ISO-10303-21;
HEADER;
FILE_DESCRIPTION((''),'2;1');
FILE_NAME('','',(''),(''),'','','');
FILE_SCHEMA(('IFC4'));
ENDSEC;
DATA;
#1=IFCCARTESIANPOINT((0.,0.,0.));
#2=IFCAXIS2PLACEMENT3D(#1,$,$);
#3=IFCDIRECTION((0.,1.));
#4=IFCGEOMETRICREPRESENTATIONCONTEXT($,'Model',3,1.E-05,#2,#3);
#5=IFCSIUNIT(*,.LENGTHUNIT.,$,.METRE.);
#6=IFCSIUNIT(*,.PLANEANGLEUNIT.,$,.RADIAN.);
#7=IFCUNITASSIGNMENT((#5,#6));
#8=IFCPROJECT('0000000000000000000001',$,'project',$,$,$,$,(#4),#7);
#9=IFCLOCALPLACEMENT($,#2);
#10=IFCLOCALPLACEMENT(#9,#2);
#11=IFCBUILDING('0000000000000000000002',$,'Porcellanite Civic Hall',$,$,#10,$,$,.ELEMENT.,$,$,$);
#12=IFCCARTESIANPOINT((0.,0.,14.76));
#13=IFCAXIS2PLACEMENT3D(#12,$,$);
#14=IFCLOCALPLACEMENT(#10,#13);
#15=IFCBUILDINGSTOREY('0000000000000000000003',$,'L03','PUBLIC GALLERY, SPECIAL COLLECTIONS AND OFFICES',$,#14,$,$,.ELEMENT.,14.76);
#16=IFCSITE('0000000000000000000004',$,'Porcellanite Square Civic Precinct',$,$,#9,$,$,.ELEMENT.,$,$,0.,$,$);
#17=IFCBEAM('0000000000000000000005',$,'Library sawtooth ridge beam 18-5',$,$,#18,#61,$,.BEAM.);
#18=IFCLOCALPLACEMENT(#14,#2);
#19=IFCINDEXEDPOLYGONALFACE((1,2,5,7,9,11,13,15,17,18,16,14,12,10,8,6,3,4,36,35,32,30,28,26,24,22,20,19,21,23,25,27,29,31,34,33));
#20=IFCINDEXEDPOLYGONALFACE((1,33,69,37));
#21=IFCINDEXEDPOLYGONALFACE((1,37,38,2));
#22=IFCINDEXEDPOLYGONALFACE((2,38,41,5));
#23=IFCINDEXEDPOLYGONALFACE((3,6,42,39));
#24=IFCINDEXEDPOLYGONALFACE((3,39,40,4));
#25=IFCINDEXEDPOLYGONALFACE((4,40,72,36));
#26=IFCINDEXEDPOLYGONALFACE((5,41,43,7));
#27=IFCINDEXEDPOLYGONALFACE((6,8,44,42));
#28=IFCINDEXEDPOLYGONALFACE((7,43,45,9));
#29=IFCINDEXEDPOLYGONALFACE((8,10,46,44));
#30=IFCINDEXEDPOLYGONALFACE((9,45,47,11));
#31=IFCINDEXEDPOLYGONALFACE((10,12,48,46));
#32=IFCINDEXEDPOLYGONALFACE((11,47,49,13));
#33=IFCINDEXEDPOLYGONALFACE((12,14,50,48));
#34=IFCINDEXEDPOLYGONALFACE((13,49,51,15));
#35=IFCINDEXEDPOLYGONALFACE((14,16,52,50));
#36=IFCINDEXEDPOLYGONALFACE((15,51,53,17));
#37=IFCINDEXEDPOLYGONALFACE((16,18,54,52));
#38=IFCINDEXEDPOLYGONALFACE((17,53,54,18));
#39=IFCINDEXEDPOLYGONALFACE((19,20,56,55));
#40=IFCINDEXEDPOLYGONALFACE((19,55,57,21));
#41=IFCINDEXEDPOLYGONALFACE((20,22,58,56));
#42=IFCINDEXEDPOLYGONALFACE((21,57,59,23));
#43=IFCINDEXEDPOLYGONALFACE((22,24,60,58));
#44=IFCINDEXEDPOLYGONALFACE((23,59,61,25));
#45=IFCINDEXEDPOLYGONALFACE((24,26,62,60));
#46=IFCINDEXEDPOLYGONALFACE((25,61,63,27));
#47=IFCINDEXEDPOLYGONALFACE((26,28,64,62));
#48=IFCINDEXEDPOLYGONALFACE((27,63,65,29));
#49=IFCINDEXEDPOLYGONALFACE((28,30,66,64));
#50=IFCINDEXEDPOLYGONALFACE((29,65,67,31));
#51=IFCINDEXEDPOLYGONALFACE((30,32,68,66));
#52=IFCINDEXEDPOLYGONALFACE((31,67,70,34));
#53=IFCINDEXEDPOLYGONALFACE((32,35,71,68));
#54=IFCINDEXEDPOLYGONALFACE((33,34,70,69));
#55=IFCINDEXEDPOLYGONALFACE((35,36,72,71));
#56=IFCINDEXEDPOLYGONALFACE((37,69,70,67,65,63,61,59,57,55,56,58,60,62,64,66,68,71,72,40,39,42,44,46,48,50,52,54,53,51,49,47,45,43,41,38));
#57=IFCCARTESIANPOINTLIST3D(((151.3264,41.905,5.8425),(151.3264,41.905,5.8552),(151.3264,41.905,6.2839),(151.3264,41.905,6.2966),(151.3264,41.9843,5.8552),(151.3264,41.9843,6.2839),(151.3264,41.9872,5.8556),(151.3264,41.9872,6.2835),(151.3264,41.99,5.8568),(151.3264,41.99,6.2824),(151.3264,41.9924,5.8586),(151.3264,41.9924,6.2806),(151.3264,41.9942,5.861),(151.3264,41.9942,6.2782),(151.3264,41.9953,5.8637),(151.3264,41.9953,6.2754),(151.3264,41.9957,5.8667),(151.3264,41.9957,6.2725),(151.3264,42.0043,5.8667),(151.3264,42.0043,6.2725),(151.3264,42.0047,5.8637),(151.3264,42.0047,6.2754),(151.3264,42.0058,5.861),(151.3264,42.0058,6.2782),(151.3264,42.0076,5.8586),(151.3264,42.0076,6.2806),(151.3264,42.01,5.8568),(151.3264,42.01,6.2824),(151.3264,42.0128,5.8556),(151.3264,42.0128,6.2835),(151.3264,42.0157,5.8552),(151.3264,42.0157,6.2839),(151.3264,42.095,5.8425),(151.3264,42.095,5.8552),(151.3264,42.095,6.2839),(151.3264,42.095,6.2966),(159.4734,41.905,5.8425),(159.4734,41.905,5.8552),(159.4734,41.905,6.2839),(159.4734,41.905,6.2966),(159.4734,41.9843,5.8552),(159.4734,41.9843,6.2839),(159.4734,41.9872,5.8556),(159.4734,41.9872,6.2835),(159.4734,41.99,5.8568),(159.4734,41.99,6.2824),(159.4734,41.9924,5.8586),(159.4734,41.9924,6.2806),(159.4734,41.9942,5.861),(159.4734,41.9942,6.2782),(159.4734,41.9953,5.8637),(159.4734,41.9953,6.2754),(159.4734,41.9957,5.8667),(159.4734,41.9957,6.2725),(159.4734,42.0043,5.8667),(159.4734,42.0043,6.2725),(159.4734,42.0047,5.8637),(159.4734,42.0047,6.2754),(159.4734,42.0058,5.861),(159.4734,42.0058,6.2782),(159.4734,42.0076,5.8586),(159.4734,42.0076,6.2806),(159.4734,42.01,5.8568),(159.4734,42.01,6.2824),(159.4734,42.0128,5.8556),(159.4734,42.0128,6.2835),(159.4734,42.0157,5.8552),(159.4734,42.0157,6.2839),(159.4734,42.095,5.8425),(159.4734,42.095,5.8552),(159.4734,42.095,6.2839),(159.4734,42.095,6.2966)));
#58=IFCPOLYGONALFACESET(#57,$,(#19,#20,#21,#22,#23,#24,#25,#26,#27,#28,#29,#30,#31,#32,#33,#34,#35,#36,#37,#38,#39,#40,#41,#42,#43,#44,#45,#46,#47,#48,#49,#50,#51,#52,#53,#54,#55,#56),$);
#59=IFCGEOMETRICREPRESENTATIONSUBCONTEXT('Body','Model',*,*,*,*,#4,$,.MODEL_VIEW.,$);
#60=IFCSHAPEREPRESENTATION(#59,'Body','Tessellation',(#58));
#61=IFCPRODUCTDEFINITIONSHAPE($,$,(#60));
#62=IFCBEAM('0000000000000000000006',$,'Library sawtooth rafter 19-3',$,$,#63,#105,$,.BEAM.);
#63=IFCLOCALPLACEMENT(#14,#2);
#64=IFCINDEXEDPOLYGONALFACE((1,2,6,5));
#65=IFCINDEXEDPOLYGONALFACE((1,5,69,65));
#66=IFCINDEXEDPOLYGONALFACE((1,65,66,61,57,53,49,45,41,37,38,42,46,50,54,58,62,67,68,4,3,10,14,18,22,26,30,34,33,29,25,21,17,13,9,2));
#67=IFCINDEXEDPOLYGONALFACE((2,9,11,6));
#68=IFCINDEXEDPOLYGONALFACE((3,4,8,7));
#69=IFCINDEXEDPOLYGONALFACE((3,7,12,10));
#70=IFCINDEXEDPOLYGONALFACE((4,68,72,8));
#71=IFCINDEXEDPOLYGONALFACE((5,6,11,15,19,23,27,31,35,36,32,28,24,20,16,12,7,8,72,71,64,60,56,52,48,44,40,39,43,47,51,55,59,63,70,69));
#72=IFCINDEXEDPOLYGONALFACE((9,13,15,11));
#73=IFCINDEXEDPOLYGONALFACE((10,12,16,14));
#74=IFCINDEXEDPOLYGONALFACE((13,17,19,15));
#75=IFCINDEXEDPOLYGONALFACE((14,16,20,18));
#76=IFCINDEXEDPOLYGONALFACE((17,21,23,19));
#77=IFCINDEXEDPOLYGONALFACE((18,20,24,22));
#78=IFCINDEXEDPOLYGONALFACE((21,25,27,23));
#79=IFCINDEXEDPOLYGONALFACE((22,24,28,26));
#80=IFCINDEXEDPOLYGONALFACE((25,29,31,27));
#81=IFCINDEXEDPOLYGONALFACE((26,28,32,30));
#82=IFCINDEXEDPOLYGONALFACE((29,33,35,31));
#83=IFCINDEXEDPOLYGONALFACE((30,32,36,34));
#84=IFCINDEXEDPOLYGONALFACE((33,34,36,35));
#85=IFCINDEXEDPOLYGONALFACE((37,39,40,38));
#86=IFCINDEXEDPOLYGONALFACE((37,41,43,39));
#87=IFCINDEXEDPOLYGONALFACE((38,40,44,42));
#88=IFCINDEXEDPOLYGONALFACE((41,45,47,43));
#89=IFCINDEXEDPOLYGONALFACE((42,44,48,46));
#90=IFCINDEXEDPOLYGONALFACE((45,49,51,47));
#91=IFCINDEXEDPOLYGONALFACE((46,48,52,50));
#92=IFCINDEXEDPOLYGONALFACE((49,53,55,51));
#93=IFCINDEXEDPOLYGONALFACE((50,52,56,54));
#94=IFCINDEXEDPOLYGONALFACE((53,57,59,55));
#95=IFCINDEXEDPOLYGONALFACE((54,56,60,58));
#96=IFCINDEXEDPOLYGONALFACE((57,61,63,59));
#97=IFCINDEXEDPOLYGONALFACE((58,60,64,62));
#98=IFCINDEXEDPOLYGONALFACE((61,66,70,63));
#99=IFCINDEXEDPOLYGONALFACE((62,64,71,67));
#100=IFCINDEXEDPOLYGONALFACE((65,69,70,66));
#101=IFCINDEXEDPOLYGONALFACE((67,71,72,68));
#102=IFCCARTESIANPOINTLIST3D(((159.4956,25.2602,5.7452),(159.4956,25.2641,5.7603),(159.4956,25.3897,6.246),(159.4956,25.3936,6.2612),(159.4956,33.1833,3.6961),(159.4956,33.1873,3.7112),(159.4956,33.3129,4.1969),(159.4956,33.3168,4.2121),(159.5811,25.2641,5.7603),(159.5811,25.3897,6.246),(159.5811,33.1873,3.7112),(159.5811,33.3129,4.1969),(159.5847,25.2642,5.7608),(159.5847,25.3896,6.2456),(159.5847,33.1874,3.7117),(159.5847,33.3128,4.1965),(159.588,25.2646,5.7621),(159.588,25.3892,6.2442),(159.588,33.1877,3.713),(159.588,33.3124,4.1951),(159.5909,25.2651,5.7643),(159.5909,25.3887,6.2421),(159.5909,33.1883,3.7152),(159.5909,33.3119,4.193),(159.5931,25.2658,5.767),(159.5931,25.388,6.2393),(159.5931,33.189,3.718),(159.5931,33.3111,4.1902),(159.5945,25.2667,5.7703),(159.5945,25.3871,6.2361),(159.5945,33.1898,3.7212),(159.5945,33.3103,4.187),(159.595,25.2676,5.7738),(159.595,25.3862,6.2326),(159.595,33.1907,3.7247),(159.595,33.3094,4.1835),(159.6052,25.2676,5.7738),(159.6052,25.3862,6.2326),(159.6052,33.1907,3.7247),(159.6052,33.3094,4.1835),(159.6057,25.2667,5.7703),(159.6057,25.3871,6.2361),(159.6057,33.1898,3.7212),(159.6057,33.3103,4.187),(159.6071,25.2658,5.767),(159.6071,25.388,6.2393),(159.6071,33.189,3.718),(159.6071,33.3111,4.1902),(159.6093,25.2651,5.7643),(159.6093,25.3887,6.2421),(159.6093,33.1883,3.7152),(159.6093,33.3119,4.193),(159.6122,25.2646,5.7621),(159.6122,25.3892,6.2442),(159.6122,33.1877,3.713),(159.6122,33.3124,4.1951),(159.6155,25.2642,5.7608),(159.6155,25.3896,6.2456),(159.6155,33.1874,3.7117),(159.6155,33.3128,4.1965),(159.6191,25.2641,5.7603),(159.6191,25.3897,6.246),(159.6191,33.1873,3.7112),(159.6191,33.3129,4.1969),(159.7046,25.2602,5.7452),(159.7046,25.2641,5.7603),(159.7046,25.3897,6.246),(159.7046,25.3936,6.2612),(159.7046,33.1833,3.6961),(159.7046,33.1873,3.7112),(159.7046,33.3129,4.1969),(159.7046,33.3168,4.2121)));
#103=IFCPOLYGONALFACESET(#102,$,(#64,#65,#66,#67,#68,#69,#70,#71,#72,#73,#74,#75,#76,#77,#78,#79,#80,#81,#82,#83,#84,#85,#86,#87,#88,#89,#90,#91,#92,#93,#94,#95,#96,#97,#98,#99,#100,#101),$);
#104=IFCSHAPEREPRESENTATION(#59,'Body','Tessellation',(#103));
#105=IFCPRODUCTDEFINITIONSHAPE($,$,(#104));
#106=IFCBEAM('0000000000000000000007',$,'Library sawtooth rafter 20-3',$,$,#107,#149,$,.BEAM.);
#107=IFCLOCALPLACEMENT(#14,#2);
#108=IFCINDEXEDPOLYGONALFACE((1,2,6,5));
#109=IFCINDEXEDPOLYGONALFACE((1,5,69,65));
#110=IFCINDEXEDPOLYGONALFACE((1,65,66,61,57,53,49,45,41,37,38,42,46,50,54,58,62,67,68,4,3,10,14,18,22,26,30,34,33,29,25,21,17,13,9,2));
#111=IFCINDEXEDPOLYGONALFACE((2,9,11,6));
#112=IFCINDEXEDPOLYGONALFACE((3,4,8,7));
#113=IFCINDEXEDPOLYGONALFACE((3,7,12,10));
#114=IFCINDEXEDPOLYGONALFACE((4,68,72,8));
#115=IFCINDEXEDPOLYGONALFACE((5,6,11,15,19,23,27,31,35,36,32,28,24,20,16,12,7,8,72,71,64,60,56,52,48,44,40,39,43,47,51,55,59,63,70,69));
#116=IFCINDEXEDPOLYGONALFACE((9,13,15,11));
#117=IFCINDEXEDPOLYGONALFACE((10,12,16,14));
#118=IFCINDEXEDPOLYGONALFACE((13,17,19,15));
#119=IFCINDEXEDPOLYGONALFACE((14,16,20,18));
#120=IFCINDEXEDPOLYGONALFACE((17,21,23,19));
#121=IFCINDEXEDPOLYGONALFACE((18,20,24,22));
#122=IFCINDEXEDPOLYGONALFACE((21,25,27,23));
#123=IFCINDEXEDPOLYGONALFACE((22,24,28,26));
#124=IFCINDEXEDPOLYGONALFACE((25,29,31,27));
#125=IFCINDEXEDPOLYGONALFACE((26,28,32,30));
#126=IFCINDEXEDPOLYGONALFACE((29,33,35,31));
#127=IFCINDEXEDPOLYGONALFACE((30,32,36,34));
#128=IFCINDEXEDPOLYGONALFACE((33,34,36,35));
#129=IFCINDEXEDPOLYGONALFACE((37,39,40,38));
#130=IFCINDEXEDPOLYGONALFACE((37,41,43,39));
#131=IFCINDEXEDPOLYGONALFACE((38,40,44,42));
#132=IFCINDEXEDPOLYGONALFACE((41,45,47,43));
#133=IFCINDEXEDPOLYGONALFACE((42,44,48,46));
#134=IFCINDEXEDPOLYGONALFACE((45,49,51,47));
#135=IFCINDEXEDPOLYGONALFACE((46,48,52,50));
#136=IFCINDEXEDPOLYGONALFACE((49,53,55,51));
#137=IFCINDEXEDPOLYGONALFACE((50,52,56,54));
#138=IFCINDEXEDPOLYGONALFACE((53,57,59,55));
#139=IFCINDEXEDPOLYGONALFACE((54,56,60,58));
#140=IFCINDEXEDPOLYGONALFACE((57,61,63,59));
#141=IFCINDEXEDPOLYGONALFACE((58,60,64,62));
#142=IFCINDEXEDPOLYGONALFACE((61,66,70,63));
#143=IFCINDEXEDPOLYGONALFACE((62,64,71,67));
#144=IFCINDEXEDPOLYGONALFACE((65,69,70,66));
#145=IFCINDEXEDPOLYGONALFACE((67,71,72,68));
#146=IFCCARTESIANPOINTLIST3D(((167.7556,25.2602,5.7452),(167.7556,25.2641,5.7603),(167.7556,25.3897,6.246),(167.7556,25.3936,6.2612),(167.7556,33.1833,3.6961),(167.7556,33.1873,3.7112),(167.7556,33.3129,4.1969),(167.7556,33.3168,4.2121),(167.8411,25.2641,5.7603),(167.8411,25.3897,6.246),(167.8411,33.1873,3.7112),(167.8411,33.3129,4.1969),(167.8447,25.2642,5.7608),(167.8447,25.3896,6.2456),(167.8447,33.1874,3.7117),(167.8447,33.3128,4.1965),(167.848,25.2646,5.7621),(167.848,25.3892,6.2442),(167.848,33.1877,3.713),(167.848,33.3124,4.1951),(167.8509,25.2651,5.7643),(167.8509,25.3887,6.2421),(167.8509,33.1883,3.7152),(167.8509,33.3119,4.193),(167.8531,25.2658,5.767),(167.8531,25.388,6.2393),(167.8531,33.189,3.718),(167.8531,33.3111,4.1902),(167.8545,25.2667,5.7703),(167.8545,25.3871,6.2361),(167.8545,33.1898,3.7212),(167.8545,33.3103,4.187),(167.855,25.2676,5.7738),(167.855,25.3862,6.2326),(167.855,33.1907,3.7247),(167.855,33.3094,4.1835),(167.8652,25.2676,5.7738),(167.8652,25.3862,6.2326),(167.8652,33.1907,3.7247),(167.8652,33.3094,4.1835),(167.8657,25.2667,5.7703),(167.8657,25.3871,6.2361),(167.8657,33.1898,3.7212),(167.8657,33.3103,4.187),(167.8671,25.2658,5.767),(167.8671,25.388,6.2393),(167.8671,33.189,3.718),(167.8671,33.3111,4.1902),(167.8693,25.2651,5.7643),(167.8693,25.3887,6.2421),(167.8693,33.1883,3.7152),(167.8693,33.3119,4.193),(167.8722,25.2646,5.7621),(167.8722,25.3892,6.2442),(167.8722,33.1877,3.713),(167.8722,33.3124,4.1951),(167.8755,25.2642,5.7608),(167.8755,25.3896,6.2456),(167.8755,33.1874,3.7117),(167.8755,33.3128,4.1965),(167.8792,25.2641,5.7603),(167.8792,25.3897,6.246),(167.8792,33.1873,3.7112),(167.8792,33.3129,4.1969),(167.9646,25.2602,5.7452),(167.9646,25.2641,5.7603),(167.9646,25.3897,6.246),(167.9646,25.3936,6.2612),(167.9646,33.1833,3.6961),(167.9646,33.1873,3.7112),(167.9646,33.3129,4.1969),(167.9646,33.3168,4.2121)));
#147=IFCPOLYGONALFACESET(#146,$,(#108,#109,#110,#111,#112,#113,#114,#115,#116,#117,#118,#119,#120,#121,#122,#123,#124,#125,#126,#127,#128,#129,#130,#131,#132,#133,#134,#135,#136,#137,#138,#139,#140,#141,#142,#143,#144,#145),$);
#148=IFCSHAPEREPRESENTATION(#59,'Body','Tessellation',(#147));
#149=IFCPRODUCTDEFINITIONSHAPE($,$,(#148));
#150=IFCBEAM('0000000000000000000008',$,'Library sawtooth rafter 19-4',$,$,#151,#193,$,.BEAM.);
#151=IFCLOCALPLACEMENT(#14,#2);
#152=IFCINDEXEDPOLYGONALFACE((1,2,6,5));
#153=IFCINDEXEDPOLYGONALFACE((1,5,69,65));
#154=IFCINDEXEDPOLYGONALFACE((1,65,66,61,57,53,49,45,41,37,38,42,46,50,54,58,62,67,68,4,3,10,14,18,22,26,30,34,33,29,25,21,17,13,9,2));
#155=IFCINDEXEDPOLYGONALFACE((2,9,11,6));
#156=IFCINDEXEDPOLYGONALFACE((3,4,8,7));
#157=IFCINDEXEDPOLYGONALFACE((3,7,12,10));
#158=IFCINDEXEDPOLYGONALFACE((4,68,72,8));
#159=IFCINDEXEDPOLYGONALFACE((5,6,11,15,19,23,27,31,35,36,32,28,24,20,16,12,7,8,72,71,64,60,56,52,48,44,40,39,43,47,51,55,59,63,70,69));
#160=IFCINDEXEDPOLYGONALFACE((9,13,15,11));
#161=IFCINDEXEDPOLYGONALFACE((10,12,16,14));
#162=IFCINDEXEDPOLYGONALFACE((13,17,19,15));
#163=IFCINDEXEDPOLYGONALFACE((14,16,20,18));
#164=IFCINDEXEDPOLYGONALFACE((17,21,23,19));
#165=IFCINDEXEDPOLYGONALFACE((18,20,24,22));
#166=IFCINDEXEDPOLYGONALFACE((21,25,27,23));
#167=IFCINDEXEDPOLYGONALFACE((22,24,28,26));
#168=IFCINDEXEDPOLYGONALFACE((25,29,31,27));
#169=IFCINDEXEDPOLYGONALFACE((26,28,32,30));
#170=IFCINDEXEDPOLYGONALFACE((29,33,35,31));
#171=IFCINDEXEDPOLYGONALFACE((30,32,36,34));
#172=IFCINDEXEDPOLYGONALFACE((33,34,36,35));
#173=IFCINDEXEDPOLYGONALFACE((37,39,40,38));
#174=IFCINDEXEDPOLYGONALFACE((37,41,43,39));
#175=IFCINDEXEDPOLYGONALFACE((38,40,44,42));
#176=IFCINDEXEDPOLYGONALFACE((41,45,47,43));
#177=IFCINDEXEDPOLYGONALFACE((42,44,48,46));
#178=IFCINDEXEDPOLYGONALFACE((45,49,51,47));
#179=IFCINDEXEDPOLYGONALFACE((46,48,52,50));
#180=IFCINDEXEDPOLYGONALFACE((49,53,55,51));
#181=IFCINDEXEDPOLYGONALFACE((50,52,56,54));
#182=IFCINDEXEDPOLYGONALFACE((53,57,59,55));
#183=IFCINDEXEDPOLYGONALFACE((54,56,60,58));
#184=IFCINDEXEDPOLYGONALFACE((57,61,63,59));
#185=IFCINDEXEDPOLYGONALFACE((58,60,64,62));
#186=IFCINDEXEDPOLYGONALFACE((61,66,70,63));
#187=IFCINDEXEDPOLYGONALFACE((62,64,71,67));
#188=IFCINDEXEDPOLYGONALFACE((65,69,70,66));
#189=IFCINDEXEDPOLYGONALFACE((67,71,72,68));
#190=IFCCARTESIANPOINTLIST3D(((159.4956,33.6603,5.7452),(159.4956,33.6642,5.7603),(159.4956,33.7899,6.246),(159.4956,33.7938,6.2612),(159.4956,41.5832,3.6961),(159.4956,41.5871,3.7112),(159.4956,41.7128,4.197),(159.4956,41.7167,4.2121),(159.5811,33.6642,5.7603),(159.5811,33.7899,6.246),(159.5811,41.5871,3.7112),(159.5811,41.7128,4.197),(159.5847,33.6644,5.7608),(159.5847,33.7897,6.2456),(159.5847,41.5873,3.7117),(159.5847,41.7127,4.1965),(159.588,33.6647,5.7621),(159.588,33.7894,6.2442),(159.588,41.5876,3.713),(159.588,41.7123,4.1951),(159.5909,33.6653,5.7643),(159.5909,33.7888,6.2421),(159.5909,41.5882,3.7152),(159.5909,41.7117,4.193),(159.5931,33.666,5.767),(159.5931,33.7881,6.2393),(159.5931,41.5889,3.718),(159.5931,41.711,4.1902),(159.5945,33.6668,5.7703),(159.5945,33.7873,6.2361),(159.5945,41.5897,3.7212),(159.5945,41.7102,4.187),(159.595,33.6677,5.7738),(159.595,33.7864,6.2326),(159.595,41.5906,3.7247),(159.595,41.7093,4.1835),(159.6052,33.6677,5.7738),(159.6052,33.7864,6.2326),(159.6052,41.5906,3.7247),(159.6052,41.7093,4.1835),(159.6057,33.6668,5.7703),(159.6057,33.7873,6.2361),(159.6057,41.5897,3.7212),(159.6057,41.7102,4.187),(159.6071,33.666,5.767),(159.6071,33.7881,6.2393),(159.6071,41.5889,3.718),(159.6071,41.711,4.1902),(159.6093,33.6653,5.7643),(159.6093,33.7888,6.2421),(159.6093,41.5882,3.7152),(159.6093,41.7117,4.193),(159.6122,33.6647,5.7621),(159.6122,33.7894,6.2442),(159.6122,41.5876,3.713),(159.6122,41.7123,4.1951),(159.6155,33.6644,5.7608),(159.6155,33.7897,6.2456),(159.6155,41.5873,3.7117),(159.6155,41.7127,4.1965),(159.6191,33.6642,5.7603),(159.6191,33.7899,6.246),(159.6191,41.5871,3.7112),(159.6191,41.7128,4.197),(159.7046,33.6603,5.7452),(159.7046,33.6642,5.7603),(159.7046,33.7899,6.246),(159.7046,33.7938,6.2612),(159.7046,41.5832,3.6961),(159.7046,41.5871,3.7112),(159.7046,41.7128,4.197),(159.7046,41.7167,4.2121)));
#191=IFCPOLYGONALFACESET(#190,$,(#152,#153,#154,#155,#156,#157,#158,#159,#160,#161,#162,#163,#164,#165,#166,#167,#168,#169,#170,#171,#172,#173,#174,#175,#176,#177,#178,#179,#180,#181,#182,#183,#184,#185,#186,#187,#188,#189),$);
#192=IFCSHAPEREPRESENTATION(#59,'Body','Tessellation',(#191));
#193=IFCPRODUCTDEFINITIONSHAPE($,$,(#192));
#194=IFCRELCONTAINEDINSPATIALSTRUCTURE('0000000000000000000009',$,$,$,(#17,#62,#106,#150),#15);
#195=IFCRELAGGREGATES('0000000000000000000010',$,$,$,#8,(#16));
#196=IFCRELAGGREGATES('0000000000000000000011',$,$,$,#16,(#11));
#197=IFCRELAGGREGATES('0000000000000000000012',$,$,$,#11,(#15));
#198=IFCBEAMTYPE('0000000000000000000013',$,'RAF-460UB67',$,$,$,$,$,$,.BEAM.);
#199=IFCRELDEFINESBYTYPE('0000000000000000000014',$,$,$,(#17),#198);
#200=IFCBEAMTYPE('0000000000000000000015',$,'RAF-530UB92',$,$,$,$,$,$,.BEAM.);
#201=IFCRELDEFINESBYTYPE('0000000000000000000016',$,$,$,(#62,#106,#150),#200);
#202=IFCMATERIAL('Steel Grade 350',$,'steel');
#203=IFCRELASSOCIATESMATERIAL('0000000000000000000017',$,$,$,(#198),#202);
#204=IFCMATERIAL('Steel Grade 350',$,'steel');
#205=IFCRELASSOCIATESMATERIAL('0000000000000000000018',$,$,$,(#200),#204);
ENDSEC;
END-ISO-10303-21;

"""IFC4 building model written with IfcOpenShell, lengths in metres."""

from ifc_helpers import new_model, si_unit, direction, frame, origin, origin_2d, place, context, subcontext, project, spatial, i_section, extrude, material, material_profile, profile_set, type_object, element, save


model = new_model("IFC4")

# Units and contexts
model_context = context("Model", 3, precision=1e-05, world=origin(), true_north=direction((0.0, 1.0)))
body_context = subcontext(model_context, "Body", "Model", "MODEL_VIEW")
ifc_project = project(units=[si_unit("LENGTHUNIT", "METRE"), si_unit("PLANEANGLEUNIT", "RADIAN")], contexts=[model_context])

# Site, building, storey
site_placement = place(None, origin())
site = spatial("IfcSite", under=ifc_project, at=site_placement, Name="Porcellanite Square Civic Precinct", CompositionType="ELEMENT", RefElevation=0.0)
building_placement = place(site_placement, origin())
building = spatial("IfcBuilding", under=site, at=building_placement, Name="Porcellanite Civic Hall", CompositionType="ELEMENT")
storey_placement = place(building_placement, frame((0.0, 0.0, 14.76)))
storey = spatial("IfcBuildingStorey", under=building, at=storey_placement, Name="L03", Description="PUBLIC GALLERY, SPECIAL COLLECTIONS AND OFFICES", CompositionType="ELEMENT", Elevation=14.76)

# Beams
ifc_material_1 = material(Name="Steel Grade 350", Category="steel")
ifc_material_profile_1 = material_profile(ifc_material_1, i_section(OverallWidth=0.1899, OverallDepth=0.4541, WebThickness=0.0085, FlangeThickness=0.0127, FilletRadius=0.0115, at=origin_2d()), Name="460UB67.1")
ifc_profile_set_1 = profile_set([ifc_material_profile_1], Name="Steel Grade 350")
beam_type_1 = type_object("IfcBeamType", Name="RAF-460UB67", PredefinedType="BEAM", material=ifc_profile_set_1)
beam_1_placement = place(storey_placement, frame((151.3264, 42.0, 6.0696), z_axis=(1.0, 0.0, 0.0), x_axis=(0.0, 1.0, 0.0)))
element("IfcBeam", 1, at=beam_1_placement, inside=storey, type_object=beam_type_1, Name="Library sawtooth ridge beam 18-5", PredefinedType="BEAM", context=body_context, shape_type="SweptSolid", body=[
    extrude(i_section(OverallWidth=0.1899, OverallDepth=0.4541, WebThickness=0.0085, FlangeThickness=0.0127, FilletRadius=0.0115, at=origin_2d()), origin(), (0.0, 0.0, 1.0), 8.147),
])
ifc_material_2 = material(Name="Steel Grade 350", Category="steel")
ifc_material_profile_2 = material_profile(ifc_material_2, i_section(OverallWidth=0.209, OverallDepth=0.533, WebThickness=0.0103, FlangeThickness=0.0156, FilletRadius=0.0139, at=origin_2d()), Name="530UB92.4")
ifc_profile_set_2 = profile_set([ifc_material_profile_2], Name="Steel Grade 350")
beam_type_2 = type_object("IfcBeamType", Name="RAF-530UB92", PredefinedType="BEAM", material=ifc_profile_set_2)
for number, where, z_axis, x_axis, name in (
    (2, (159.6001, 25.3269, 6.0032), (0.0, 0.968147, -0.250382), (-1.0, 0.0, 0.0), "Library sawtooth rafter 19-3"),
    (3, (167.8601, 25.3269, 6.0032), (0.0, 0.968147, -0.250382), (-1.0, 0.0, 0.0), "Library sawtooth rafter 20-3"),
):
    element("IfcBeam", number, at=place(storey_placement, frame(where, z_axis=z_axis, x_axis=x_axis)), inside=storey, type_object=beam_type_2, Name=name, PredefinedType="BEAM", context=body_context, shape_type="SweptSolid", body=[
        extrude(i_section(OverallWidth=0.209, OverallDepth=0.533, WebThickness=0.0103, FlangeThickness=0.0156, FilletRadius=0.0139, at=origin_2d()), origin(), (0.0, 0.0, 1.0), 8.1838),
    ])
for number, where, z_axis, x_axis, name in (
    (4, (159.6001, 33.7271, 6.0032), (0.0, 0.968145, -0.25039), (-1.0, 0.0, 0.0), "Library sawtooth rafter 19-4"),
):
    element("IfcBeam", number, at=place(storey_placement, frame(where, z_axis=z_axis, x_axis=x_axis)), inside=storey, type_object=beam_type_2, Name=name, PredefinedType="BEAM", context=body_context, shape_type="SweptSolid", body=[
        extrude(i_section(OverallWidth=0.209, OverallDepth=0.533, WebThickness=0.0103, FlangeThickness=0.0156, FilletRadius=0.0139, at=origin_2d()), origin(), (0.0, 0.0, 1.0), 8.1836),
    ])

save(model, "model.ifc")
